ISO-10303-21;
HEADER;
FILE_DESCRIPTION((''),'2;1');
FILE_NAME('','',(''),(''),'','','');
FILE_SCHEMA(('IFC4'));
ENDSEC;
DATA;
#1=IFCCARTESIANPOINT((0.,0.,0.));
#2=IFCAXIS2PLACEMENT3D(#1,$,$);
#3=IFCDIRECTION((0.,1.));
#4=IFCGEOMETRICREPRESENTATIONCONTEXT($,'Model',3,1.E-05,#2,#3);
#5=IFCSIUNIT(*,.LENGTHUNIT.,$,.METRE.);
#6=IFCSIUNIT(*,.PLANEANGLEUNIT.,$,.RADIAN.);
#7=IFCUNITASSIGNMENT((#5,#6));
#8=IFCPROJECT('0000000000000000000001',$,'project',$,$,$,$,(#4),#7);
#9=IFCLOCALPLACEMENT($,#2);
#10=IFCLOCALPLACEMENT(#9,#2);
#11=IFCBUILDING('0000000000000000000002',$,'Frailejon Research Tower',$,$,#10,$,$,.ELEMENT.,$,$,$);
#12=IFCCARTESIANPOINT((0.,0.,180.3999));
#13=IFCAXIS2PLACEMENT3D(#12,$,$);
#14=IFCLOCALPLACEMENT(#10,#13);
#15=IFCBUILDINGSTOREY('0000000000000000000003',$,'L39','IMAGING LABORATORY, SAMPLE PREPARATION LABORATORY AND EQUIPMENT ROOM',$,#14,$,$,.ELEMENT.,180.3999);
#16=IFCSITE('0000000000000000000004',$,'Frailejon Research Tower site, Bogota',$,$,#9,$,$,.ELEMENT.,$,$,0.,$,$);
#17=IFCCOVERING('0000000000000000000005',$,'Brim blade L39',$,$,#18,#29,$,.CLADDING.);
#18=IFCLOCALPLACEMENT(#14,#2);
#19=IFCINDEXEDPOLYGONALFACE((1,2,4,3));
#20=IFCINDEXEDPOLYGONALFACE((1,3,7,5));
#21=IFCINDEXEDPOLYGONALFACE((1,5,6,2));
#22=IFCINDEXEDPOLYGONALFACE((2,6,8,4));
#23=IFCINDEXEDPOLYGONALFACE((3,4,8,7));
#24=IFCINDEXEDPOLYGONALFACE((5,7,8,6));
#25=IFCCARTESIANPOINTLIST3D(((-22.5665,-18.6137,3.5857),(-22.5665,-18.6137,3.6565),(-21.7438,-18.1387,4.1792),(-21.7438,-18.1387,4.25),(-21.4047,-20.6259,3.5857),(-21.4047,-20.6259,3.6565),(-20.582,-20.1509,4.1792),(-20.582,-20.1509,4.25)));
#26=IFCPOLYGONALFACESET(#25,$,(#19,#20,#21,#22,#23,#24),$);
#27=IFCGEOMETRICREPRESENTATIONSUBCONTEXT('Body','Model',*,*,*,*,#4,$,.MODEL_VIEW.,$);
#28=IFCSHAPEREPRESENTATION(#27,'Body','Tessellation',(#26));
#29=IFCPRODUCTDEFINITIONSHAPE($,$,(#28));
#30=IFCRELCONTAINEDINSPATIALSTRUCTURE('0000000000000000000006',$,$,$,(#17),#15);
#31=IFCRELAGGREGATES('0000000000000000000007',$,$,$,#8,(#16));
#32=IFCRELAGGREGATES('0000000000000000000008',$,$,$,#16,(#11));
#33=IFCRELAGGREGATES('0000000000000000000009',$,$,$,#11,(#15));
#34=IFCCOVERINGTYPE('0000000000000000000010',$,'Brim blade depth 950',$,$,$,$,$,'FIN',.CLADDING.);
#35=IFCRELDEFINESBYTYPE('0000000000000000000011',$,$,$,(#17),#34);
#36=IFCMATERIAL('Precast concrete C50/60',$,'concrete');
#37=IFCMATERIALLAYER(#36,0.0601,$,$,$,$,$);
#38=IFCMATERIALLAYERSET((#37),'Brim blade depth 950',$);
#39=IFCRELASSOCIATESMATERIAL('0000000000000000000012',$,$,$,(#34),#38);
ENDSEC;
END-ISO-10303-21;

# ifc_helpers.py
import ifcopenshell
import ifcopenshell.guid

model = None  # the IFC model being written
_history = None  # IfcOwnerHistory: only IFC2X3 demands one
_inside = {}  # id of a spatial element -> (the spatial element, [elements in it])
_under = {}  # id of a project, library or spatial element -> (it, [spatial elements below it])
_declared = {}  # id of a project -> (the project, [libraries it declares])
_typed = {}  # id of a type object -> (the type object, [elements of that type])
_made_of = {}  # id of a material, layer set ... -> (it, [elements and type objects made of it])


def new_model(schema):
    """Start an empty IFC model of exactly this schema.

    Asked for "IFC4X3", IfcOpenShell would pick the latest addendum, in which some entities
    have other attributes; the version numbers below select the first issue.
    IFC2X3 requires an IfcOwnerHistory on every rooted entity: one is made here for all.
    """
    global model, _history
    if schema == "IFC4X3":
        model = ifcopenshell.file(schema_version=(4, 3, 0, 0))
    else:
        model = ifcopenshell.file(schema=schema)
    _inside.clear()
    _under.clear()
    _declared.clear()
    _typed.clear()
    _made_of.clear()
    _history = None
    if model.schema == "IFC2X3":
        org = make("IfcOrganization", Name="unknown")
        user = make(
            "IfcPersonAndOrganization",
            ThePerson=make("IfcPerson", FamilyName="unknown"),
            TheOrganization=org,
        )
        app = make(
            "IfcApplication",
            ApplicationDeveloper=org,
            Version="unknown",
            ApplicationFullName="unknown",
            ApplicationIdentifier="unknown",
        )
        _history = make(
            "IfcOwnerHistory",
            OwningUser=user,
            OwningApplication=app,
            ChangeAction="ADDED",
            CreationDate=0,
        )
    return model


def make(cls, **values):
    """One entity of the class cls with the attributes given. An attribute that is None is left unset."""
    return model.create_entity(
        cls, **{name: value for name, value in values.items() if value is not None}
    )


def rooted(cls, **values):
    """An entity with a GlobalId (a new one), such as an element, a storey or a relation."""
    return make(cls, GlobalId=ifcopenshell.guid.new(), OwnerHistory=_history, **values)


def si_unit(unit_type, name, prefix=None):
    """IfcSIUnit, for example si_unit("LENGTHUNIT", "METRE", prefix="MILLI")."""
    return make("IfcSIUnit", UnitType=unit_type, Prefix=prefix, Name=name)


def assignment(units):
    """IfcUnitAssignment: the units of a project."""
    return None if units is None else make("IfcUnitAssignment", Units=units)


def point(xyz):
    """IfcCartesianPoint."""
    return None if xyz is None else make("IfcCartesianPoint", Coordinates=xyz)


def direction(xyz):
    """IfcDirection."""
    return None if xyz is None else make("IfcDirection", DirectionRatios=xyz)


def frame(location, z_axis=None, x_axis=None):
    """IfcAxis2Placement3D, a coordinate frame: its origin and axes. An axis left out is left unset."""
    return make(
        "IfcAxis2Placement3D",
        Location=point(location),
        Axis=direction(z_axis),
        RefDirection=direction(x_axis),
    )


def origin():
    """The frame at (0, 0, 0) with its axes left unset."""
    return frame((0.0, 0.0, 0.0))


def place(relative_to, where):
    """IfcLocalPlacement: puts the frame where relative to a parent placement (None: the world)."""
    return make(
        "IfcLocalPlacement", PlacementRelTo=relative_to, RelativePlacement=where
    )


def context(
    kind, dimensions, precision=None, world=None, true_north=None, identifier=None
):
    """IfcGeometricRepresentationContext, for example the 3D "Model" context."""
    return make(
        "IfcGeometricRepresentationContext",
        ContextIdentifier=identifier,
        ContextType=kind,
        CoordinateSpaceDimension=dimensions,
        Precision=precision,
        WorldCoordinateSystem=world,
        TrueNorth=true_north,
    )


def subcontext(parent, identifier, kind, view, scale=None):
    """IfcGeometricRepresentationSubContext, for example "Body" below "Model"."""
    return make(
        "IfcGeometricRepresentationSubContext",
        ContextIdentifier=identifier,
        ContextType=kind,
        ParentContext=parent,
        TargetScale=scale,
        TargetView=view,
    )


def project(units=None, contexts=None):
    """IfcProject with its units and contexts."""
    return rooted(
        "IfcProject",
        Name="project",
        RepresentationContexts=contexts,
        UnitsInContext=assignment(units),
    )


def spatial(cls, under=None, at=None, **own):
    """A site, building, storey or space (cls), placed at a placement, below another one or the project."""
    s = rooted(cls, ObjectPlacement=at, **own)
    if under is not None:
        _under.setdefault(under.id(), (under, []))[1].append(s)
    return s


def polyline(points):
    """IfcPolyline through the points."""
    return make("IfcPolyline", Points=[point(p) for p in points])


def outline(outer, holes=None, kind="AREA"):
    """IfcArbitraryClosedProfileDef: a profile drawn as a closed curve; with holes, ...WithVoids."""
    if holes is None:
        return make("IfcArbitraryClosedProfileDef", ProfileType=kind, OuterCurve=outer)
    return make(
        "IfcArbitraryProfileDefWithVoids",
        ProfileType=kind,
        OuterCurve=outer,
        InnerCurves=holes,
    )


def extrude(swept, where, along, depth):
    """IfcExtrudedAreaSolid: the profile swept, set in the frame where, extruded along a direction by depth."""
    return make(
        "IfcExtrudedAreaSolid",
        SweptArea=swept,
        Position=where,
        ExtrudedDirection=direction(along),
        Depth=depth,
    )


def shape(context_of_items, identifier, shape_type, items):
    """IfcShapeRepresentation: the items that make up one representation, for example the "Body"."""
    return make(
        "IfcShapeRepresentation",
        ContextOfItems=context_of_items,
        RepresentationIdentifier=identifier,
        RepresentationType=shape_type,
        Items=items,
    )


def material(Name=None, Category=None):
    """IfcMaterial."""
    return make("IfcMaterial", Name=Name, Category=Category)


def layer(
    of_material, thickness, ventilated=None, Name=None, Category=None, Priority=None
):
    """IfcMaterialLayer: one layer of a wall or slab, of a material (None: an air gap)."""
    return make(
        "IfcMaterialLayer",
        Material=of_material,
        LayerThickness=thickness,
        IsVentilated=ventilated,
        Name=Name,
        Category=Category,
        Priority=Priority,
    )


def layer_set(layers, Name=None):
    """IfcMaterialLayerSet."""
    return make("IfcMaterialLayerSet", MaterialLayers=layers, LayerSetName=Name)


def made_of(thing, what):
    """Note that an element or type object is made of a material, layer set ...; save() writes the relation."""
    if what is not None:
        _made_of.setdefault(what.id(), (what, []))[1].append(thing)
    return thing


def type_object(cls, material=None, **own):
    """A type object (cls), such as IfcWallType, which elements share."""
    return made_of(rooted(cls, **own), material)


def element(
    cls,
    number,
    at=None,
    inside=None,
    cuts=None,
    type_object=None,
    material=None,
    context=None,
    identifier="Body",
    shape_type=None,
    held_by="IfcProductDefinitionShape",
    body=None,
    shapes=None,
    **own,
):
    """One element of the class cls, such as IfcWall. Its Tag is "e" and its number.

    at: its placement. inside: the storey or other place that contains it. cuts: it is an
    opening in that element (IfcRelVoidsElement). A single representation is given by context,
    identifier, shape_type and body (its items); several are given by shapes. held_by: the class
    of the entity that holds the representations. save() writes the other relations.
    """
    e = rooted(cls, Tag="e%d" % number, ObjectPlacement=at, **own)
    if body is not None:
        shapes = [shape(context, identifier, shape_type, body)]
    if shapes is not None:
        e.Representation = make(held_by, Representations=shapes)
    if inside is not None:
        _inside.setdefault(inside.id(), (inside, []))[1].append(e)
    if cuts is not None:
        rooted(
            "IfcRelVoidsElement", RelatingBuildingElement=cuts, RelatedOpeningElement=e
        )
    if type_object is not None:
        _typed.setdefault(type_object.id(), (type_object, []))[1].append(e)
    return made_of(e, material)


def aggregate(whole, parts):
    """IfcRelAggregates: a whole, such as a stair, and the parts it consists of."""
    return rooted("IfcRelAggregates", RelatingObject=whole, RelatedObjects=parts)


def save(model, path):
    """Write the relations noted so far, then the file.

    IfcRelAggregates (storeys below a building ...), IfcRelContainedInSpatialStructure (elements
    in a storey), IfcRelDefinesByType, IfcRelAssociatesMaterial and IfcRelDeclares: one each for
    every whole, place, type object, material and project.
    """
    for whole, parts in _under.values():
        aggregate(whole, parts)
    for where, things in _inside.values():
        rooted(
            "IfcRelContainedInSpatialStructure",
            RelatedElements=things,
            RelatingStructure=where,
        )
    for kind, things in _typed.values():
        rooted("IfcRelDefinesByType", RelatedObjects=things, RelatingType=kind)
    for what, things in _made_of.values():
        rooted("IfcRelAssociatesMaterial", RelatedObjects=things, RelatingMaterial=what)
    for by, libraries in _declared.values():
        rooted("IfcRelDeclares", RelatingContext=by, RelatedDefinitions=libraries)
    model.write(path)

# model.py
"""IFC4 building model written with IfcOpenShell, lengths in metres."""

from ifc_helpers import new_model, si_unit, direction, frame, origin, place, context, subcontext, project, spatial, polyline, outline, extrude, material, layer, layer_set, type_object, element, save


model = new_model("IFC4")

# Units and contexts
model_context = context("Model", 3, precision=1e-05, world=origin(), true_north=direction((0.0, 1.0)))
body_context = subcontext(model_context, "Body", "Model", "MODEL_VIEW")
ifc_project = project(units=[si_unit("LENGTHUNIT", "METRE"), si_unit("PLANEANGLEUNIT", "RADIAN")], contexts=[model_context])

# Site, building, storey
site_placement = place(None, origin())
site = spatial("IfcSite", under=ifc_project, at=site_placement, Name="Frailejon Research Tower site, Bogota", CompositionType="ELEMENT", RefElevation=0.0)
building_placement = place(site_placement, origin())
building = spatial("IfcBuilding", under=site, at=building_placement, Name="Frailejon Research Tower", CompositionType="ELEMENT")
storey_placement = place(building_placement, frame((0.0, 0.0, 180.3999)))
storey = spatial("IfcBuildingStorey", under=building, at=storey_placement, Name="L39", Description="IMAGING LABORATORY, SAMPLE PREPARATION LABORATORY AND EQUIPMENT ROOM", CompositionType="ELEMENT", Elevation=180.3999)

# Covering
ifc_material_1 = material(Name="Precast concrete C50/60", Category="concrete")
ifc_layer_1 = layer(ifc_material_1, 0.0601)
ifc_layer_set_1 = layer_set([ifc_layer_1], Name="Brim blade depth 950")
covering_type_1 = type_object("IfcCoveringType", Name="Brim blade depth 950", ElementType="FIN", PredefinedType="CLADDING", material=ifc_layer_set_1)
for number, where, z_axis, x_axis, name in (
    (1, (-20.582, -20.1509, 4.25), (-0.50001, 0.86602, 0.0), (-0.86602, -0.50001, 0.0), "Brim blade L39"),
):
    element("IfcCovering", number, at=place(storey_placement, frame(where, z_axis=z_axis, x_axis=x_axis)), inside=storey, type_object=covering_type_1, Name=name, PredefinedType="CLADDING", context=body_context, shape_type="SweptSolid", body=[
        extrude(outline(polyline([(0.0, -0.0708), (0.95, -0.6643), (0.95, -0.5935), (0.0, 0.0), (0.0, -0.0708)])), origin(), (0.0, 0.0, 1.0), 2.3235),
    ])

save(model, "model.ifc")
